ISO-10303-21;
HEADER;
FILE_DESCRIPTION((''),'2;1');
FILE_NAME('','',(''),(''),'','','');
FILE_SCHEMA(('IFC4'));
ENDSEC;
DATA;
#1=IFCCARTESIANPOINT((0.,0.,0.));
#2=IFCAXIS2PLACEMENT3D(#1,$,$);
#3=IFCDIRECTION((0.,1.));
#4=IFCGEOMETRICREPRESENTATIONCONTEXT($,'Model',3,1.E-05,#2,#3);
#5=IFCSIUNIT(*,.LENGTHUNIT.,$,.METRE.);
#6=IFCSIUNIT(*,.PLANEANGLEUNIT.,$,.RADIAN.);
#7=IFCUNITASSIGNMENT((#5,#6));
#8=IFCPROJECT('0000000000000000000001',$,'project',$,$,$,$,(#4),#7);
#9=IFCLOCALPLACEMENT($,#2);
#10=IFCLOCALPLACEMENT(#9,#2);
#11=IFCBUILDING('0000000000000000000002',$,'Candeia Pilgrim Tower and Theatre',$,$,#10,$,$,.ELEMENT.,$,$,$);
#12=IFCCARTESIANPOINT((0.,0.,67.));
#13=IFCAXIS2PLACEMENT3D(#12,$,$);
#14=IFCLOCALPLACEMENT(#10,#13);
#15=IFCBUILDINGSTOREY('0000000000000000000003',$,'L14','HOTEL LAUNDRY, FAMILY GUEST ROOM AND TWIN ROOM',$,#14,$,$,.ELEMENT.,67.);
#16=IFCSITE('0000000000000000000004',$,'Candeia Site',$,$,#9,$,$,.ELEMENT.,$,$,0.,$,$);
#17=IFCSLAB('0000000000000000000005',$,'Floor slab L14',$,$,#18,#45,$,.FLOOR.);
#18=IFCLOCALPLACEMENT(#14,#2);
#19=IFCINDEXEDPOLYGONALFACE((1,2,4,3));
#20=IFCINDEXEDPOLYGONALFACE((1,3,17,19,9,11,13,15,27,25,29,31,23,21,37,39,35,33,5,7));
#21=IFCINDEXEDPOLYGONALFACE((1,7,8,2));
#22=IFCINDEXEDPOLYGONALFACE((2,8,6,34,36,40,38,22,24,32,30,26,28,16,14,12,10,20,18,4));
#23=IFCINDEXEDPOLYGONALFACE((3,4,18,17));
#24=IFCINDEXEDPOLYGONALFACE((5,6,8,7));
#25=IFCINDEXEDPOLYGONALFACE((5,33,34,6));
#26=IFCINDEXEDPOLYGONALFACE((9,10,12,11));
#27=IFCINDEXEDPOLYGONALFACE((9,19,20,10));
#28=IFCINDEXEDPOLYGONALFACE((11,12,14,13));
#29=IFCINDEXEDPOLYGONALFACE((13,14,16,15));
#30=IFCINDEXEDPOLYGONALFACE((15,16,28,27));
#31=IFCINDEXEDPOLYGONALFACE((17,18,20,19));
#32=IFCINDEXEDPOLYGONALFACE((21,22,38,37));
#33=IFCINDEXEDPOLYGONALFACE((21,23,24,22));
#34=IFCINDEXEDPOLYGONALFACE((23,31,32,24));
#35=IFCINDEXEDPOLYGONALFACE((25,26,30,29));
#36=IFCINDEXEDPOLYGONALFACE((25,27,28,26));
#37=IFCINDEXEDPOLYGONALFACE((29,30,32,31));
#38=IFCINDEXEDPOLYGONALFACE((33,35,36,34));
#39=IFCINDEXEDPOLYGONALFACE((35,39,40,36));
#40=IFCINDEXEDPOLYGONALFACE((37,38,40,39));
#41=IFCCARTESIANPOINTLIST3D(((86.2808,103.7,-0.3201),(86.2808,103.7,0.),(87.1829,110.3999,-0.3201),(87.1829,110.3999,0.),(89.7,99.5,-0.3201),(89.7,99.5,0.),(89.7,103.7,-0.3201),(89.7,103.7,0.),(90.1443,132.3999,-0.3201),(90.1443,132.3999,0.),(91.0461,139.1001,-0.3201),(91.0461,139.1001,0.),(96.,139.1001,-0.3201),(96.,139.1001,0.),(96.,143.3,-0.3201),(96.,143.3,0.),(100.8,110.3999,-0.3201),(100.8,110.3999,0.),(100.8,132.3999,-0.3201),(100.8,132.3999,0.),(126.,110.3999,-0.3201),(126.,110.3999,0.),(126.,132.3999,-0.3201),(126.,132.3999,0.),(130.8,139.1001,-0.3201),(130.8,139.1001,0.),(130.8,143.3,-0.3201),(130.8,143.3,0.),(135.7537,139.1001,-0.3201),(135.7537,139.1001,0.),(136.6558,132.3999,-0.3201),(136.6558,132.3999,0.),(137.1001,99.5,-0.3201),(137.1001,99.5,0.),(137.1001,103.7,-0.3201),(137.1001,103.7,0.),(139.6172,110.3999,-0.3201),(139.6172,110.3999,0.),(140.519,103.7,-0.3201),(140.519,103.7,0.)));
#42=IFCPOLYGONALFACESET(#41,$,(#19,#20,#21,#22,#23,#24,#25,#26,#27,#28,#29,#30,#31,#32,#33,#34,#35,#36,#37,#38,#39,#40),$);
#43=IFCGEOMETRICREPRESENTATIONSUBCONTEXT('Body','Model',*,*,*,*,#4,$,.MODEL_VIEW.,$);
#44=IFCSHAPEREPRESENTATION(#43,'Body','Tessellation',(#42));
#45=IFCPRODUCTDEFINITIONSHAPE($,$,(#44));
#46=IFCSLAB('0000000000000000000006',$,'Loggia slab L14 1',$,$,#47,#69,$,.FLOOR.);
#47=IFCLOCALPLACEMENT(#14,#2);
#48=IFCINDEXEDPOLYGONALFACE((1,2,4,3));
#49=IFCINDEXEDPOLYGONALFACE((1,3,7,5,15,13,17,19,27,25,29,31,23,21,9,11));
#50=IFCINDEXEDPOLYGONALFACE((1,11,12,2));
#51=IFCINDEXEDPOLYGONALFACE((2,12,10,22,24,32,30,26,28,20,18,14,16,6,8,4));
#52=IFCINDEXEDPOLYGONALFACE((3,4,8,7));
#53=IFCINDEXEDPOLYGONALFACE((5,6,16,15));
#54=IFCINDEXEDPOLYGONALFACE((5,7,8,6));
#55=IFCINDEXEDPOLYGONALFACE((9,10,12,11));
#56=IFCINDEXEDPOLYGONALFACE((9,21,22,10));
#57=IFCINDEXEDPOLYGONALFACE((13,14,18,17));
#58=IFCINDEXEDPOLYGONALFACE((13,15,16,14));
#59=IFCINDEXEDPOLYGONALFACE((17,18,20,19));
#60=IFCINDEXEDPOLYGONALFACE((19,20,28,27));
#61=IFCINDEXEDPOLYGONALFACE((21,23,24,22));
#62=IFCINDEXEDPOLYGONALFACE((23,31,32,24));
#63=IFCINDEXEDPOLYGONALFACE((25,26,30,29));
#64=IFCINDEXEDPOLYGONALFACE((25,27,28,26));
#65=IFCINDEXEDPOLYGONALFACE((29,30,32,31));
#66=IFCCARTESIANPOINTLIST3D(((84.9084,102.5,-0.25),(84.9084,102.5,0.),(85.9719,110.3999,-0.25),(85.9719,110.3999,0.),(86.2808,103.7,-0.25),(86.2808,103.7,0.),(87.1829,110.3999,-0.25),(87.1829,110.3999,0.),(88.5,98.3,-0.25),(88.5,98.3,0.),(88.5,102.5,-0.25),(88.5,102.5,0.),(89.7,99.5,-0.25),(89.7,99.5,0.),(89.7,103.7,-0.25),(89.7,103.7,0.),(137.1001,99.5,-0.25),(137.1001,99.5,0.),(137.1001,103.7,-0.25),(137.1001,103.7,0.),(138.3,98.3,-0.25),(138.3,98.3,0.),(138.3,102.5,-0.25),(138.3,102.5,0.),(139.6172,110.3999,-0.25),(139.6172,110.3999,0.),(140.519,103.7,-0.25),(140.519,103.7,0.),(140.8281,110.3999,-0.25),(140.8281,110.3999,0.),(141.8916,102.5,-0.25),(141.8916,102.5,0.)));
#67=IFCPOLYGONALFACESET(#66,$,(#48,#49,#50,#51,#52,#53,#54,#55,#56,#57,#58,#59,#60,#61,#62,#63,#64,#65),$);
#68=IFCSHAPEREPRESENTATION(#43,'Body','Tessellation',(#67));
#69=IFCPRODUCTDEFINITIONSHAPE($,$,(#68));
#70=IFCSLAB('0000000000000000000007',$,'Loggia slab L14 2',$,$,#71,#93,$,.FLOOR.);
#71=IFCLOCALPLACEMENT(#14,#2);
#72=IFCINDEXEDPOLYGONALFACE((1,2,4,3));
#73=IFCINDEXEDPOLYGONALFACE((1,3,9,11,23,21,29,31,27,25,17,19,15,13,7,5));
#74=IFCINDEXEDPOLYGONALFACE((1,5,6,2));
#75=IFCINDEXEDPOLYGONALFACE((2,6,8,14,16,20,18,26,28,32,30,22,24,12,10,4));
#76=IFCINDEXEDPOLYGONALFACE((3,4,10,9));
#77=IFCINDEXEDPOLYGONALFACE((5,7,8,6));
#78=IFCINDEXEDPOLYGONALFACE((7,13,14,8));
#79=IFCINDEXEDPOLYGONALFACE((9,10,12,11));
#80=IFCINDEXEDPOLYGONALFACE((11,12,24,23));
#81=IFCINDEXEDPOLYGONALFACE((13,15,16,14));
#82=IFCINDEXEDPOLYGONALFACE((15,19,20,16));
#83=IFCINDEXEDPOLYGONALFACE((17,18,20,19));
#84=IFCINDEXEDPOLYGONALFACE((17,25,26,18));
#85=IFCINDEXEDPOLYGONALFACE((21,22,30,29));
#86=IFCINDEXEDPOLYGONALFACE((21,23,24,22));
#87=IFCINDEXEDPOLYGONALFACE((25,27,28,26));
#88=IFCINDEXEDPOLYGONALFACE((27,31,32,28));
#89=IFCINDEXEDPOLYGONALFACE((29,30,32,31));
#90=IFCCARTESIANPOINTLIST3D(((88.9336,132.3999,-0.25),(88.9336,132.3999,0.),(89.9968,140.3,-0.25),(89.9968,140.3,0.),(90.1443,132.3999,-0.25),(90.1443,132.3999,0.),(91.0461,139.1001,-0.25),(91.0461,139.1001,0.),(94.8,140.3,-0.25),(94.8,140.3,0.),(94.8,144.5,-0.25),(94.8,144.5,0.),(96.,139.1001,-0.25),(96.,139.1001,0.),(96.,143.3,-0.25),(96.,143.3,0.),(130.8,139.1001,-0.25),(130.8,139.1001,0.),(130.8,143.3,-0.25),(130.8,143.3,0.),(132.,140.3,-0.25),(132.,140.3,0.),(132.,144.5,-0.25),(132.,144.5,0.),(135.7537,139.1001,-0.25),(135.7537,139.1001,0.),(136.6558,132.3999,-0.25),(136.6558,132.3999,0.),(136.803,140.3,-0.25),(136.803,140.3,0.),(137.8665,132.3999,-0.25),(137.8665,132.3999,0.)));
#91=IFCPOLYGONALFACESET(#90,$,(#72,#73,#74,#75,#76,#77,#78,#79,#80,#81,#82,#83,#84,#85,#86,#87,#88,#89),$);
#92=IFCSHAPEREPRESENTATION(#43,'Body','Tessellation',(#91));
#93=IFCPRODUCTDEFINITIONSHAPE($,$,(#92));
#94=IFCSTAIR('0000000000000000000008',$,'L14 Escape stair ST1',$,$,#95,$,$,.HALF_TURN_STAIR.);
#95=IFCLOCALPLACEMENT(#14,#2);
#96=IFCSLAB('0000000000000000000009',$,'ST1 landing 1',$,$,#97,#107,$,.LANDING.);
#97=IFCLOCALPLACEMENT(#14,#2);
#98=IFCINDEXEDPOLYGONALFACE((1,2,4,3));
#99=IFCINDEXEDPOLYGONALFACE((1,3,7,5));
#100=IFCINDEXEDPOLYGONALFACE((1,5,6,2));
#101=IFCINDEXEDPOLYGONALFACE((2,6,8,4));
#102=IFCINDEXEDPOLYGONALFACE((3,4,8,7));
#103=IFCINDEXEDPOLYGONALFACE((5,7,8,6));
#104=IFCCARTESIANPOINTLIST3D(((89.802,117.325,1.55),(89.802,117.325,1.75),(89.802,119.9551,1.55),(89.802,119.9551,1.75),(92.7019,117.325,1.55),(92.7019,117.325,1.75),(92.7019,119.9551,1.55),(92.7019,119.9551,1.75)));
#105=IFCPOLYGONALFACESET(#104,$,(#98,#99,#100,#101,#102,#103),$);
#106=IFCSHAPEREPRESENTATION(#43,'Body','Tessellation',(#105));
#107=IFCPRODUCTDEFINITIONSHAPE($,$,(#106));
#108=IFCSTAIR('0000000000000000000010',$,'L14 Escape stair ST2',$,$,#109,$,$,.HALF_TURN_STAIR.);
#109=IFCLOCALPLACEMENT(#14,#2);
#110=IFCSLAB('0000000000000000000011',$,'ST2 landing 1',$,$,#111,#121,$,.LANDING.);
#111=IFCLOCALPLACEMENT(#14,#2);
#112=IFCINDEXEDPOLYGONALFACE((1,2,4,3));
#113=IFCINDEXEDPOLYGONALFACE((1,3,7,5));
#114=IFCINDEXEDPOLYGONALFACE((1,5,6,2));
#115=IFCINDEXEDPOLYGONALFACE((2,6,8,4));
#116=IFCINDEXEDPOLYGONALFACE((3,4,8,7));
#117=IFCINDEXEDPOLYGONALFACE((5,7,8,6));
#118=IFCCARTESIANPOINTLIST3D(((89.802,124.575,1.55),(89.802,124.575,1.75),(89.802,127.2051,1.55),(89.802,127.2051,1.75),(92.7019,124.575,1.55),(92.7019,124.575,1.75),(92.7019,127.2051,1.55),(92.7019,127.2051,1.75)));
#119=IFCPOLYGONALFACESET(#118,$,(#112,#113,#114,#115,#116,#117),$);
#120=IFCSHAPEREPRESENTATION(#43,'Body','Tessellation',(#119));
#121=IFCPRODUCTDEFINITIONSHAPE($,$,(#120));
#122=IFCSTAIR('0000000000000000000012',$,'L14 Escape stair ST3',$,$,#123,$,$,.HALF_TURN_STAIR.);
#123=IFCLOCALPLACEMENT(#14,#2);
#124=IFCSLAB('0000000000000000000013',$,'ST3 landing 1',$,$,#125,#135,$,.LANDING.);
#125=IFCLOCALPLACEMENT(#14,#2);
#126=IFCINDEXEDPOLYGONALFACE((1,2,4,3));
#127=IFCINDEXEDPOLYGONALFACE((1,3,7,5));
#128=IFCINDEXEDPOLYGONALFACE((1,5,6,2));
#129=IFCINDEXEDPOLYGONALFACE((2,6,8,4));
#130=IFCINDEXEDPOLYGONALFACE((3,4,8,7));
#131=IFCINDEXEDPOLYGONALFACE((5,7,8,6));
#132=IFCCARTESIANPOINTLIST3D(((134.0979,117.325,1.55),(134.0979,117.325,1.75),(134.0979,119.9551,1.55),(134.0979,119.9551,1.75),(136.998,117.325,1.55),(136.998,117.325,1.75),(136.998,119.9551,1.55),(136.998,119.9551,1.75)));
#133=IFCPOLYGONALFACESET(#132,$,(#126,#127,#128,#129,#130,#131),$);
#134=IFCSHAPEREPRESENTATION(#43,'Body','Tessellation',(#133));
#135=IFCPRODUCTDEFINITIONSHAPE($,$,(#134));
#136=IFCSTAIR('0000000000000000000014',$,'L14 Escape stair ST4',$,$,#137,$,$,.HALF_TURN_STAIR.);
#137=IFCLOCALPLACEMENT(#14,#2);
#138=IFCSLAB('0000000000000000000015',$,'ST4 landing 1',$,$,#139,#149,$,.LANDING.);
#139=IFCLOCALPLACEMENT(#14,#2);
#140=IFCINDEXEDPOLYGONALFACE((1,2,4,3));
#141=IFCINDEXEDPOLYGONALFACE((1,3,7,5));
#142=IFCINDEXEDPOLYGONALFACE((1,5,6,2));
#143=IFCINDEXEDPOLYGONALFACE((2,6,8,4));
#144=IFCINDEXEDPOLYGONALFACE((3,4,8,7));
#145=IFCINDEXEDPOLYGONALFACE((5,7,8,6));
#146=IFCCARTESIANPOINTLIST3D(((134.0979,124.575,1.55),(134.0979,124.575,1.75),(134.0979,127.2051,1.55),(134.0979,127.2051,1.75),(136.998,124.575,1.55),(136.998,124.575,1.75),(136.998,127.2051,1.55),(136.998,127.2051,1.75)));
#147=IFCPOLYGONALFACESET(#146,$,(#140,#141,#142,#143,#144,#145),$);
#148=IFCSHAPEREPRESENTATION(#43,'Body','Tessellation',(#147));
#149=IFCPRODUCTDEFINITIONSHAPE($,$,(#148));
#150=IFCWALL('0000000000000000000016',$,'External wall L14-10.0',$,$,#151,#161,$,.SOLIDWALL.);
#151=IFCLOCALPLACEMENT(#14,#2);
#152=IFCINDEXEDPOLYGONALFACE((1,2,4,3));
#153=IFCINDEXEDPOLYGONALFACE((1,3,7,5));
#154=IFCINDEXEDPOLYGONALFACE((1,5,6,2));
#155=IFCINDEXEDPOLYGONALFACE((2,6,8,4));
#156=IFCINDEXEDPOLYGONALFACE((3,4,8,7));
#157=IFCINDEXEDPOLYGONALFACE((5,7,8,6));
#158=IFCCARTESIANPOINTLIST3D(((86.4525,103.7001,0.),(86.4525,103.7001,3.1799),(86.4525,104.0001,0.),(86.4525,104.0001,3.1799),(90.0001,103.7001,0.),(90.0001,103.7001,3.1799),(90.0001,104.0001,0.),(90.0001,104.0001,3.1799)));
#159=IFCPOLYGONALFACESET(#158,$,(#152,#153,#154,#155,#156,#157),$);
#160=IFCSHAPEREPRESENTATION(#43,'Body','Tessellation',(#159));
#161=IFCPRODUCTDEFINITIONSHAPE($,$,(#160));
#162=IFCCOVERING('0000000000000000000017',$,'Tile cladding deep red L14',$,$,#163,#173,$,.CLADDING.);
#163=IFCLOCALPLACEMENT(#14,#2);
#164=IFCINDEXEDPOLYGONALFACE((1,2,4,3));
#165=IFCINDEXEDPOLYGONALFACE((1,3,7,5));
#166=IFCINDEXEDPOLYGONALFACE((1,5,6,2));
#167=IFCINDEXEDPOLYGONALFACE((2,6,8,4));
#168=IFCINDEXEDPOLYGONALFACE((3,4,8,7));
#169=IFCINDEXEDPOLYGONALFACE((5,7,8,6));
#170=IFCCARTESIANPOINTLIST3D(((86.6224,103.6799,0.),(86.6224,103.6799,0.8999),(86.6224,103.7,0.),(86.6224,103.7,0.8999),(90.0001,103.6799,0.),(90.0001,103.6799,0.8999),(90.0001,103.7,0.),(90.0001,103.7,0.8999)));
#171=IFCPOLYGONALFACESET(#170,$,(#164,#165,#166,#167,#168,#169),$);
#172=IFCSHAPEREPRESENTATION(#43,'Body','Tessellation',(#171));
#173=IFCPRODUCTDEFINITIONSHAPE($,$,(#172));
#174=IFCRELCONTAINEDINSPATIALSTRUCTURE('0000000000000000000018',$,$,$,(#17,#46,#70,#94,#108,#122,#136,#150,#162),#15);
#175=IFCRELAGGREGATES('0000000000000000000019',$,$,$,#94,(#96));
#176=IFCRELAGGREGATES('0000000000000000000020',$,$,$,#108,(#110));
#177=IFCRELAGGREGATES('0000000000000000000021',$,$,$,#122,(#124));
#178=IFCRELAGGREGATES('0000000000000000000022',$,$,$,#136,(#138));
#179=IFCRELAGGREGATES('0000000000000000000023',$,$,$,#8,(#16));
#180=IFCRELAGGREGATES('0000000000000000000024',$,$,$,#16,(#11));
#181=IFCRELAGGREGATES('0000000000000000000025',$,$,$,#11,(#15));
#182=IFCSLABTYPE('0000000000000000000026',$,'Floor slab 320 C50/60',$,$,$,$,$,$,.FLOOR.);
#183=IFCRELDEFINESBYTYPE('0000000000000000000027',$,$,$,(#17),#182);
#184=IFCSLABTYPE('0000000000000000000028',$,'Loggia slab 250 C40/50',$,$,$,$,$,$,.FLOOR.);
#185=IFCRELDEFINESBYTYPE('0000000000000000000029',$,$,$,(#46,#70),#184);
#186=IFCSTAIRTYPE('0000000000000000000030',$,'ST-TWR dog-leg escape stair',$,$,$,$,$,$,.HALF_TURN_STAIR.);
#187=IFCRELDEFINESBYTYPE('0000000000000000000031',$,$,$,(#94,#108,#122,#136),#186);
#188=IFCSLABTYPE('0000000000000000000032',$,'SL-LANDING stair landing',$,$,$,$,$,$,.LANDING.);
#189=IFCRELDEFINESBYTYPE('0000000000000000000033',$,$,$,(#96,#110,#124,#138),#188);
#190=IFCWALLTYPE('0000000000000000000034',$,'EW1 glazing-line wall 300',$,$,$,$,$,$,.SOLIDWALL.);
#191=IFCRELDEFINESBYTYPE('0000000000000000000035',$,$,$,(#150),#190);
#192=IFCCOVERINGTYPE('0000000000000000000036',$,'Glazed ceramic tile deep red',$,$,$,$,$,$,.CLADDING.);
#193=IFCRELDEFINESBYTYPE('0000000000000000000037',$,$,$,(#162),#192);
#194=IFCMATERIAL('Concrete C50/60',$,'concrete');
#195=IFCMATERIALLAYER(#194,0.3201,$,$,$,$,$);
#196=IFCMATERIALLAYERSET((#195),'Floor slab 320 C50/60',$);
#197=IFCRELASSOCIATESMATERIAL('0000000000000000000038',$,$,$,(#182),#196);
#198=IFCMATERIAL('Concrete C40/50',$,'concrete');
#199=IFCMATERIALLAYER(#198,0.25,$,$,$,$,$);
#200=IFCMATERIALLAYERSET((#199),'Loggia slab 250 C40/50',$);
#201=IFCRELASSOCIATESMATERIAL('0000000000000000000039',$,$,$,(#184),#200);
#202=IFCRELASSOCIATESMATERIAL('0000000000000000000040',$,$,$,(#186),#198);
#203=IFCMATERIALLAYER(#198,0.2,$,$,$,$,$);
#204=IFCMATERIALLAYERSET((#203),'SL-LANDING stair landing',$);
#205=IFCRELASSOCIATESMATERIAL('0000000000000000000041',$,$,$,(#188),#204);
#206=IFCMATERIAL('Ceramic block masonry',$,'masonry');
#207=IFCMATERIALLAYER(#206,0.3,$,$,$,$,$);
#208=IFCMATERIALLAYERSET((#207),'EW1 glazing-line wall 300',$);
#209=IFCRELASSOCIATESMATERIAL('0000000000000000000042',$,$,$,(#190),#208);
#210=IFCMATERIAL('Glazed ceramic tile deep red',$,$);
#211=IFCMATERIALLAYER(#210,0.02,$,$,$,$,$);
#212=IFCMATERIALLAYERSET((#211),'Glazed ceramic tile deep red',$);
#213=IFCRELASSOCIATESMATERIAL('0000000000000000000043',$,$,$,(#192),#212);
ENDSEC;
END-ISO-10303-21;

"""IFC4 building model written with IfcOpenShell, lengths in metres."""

from ifc_helpers import new_model, si_unit, direction, frame, frame_2d, origin, origin_2d, place, context, subcontext, project, spatial, polyline, rectangle, outline, extrude, material, layer, layer_set, type_object, element, aggregate, save


model = new_model("IFC4")

# Units and contexts
model_context = context("Model", 3, precision=1e-05, world=origin(), true_north=direction((0.0, 1.0)))
body_context = subcontext(model_context, "Body", "Model", "MODEL_VIEW")
ifc_project = project(units=[si_unit("LENGTHUNIT", "METRE"), si_unit("PLANEANGLEUNIT", "RADIAN")], contexts=[model_context])

# Site, building, storey
site_placement = place(None, origin())
site = spatial("IfcSite", under=ifc_project, at=site_placement, Name="Candeia Site", CompositionType="ELEMENT", RefElevation=0.0)
building_placement = place(site_placement, origin())
building = spatial("IfcBuilding", under=site, at=building_placement, Name="Candeia Pilgrim Tower and Theatre", CompositionType="ELEMENT")
storey_placement = place(building_placement, frame((0.0, 0.0, 67.0)))
storey = spatial("IfcBuildingStorey", under=building, at=storey_placement, Name="L14", Description="HOTEL LAUNDRY, FAMILY GUEST ROOM AND TWIN ROOM", CompositionType="ELEMENT", Elevation=67.0)

# Slabs
ifc_material_1 = material(Name="Concrete C40/50", Category="concrete")
ifc_material_2 = material(Name="Concrete C50/60", Category="concrete")
ifc_layer_1 = layer(ifc_material_2, 0.3201)
ifc_layer_set_1 = layer_set([ifc_layer_1], Name="Floor slab 320 C50/60")
slab_type_1 = type_object("IfcSlabType", Name="Floor slab 320 C50/60", PredefinedType="FLOOR", material=ifc_layer_set_1)
slab_1_placement = place(storey_placement, frame((0.0, 0.0, -0.3201)))
element("IfcSlab", 1, at=slab_1_placement, inside=storey, type_object=slab_type_1, Name="Floor slab L14", PredefinedType="FLOOR", context=body_context, shape_type="SweptSolid", body=[
    extrude(outline(polyline([(96.0, 139.1001), (96.0, 143.3), (130.8, 143.3), (130.8, 139.1001), (135.7537, 139.1001), (136.6558, 132.3999), (126.0, 132.3999), (126.0, 110.3999), (139.6172, 110.3999), (140.519, 103.7), (137.1001, 103.7), (137.1001, 99.5), (89.7, 99.5), (89.7, 103.7), (86.2808, 103.7), (87.1829, 110.3999), (100.8, 110.3999), (100.8, 132.3999), (90.1443, 132.3999), (91.0461, 139.1001), (96.0, 139.1001)])), origin(), (0.0, 0.0, 1.0), 0.3201),
])
ifc_layer_2 = layer(ifc_material_1, 0.25)
ifc_layer_set_2 = layer_set([ifc_layer_2], Name="Loggia slab 250 C40/50")
slab_type_2 = type_object("IfcSlabType", Name="Loggia slab 250 C40/50", PredefinedType="FLOOR", material=ifc_layer_set_2)
slab_2_placement = place(storey_placement, frame((0.0, 0.0, -0.25)))
element("IfcSlab", 2, at=slab_2_placement, inside=storey, type_object=slab_type_2, Name="Loggia slab L14 1", PredefinedType="FLOOR", context=body_context, shape_type="SweptSolid", body=[
    extrude(outline(polyline([(87.1829, 110.3999), (86.2808, 103.7), (89.7, 103.7), (89.7, 99.5), (137.1001, 99.5), (137.1001, 103.7), (140.519, 103.7), (139.6172, 110.3999), (140.8281, 110.3999), (141.8916, 102.5), (138.3, 102.5), (138.3, 98.3), (88.5, 98.3), (88.5, 102.5), (84.9084, 102.5), (85.9719, 110.3999), (87.1829, 110.3999)])), origin(), (0.0, 0.0, 1.0), 0.25),
])
slab_3_placement = place(storey_placement, frame((0.0, 0.0, -0.25)))
element("IfcSlab", 3, at=slab_3_placement, inside=storey, type_object=slab_type_2, Name="Loggia slab L14 2", PredefinedType="FLOOR", context=body_context, shape_type="SweptSolid", body=[
    extrude(outline(polyline([(136.6558, 132.3999), (135.7537, 139.1001), (130.8, 139.1001), (130.8, 143.3), (96.0, 143.3), (96.0, 139.1001), (91.0461, 139.1001), (90.1443, 132.3999), (88.9336, 132.3999), (89.9968, 140.3), (94.8, 140.3), (94.8, 144.5), (132.0, 144.5), (132.0, 140.3), (136.803, 140.3), (137.8665, 132.3999), (136.6558, 132.3999)])), origin(), (0.0, 0.0, 1.0), 0.25),
])

# Stairs, slabs
stair_type = type_object("IfcStairType", Name="ST-TWR dog-leg escape stair", PredefinedType="HALF_TURN_STAIR", material=ifc_material_1)
stair_1_placement = place(storey_placement, origin())
stair_1 = element("IfcStair", 4, at=stair_1_placement, inside=storey, type_object=stair_type, Name="L14 Escape stair ST1", PredefinedType="HALF_TURN_STAIR")
ifc_layer_3 = layer(ifc_material_1, 0.2)
ifc_layer_set_3 = layer_set([ifc_layer_3], Name="SL-LANDING stair landing")
slab_type_3 = type_object("IfcSlabType", Name="SL-LANDING stair landing", PredefinedType="LANDING", material=ifc_layer_set_3)
slab_4_placement = place(storey_placement, frame((0.0, 0.0, 1.55)))
slab_4 = element("IfcSlab", 5, at=slab_4_placement, type_object=slab_type_3, Name="ST1 landing 1", PredefinedType="LANDING", context=body_context, shape_type="SweptSolid", body=[
    extrude(outline(polyline([(89.802, 119.9551), (89.802, 117.325), (92.7019, 117.325), (92.7019, 119.9551), (89.802, 119.9551)])), origin(), (0.0, 0.0, 1.0), 0.2),
])
aggregate(stair_1, [slab_4])
stair_2_placement = place(storey_placement, origin())
stair_2 = element("IfcStair", 6, at=stair_2_placement, inside=storey, type_object=stair_type, Name="L14 Escape stair ST2", PredefinedType="HALF_TURN_STAIR")
slab_5_placement = place(storey_placement, frame((0.0, 0.0, 1.55)))
slab_5 = element("IfcSlab", 7, at=slab_5_placement, type_object=slab_type_3, Name="ST2 landing 1", PredefinedType="LANDING", context=body_context, shape_type="SweptSolid", body=[
    extrude(outline(polyline([(89.802, 127.2051), (89.802, 124.575), (92.7019, 124.575), (92.7019, 127.2051), (89.802, 127.2051)])), origin(), (0.0, 0.0, 1.0), 0.2),
])
aggregate(stair_2, [slab_5])
stair_3_placement = place(storey_placement, origin())
stair_3 = element("IfcStair", 8, at=stair_3_placement, inside=storey, type_object=stair_type, Name="L14 Escape stair ST3", PredefinedType="HALF_TURN_STAIR")
slab_6_placement = place(storey_placement, frame((0.0, 0.0, 1.55)))
slab_6 = element("IfcSlab", 9, at=slab_6_placement, type_object=slab_type_3, Name="ST3 landing 1", PredefinedType="LANDING", context=body_context, shape_type="SweptSolid", body=[
    extrude(outline(polyline([(134.0979, 119.9551), (134.0979, 117.325), (136.998, 117.325), (136.998, 119.9551), (134.0979, 119.9551)])), origin(), (0.0, 0.0, 1.0), 0.2),
])
aggregate(stair_3, [slab_6])
stair_4_placement = place(storey_placement, origin())
stair_4 = element("IfcStair", 10, at=stair_4_placement, inside=storey, type_object=stair_type, Name="L14 Escape stair ST4", PredefinedType="HALF_TURN_STAIR")
slab_7_placement = place(storey_placement, frame((0.0, 0.0, 1.55)))
slab_7 = element("IfcSlab", 11, at=slab_7_placement, type_object=slab_type_3, Name="ST4 landing 1", PredefinedType="LANDING", context=body_context, shape_type="SweptSolid", body=[
    extrude(outline(polyline([(134.0979, 127.2051), (134.0979, 124.575), (136.998, 124.575), (136.998, 127.2051), (134.0979, 127.2051)])), origin(), (0.0, 0.0, 1.0), 0.2),
])
aggregate(stair_4, [slab_7])

# Wall
ifc_material_3 = material(Name="Ceramic block masonry", Category="masonry")
ifc_layer_4 = layer(ifc_material_3, 0.3)
ifc_layer_set_4 = layer_set([ifc_layer_4], Name="EW1 glazing-line wall 300")
wall_type = type_object("IfcWallType", Name="EW1 glazing-line wall 300", PredefinedType="SOLIDWALL", material=ifc_layer_set_4)
wall_placement = place(storey_placement, frame((86.4524, 103.8501, 0.0), z_axis=(0.0, 0.0, 1.0), x_axis=(1.0, 0.0, 0.0)))
element("IfcWall", 12, at=wall_placement, inside=storey, type_object=wall_type, Name="External wall L14-10.0", PredefinedType="SOLIDWALL", context=body_context, shape_type="SweptSolid", body=[
    extrude(rectangle(XDim=3.5476, YDim=0.3, at=frame_2d((1.7739, 0.0))), origin(), (0.0, 0.0, 1.0), 3.1799),
])

# Covering
ifc_material_4 = material(Name="Glazed ceramic tile deep red")
ifc_layer_5 = layer(ifc_material_4, 0.02)
ifc_layer_set_5 = layer_set([ifc_layer_5], Name="Glazed ceramic tile deep red")
covering_type = type_object("IfcCoveringType", Name="Glazed ceramic tile deep red", PredefinedType="CLADDING", material=ifc_layer_set_5)
covering_placement = place(storey_placement, frame((88.3113, 103.6899, 0.0), z_axis=(0.0, 0.0, 1.0), x_axis=(1.0, 0.0, 0.0)))
element("IfcCovering", 13, at=covering_placement, inside=storey, type_object=covering_type, Name="Tile cladding deep red L14", PredefinedType="CLADDING", context=body_context, shape_type="SweptSolid", body=[
    extrude(rectangle(XDim=3.3777, YDim=0.02, at=origin_2d()), origin(), (0.0, 0.0, 1.0), 0.8999),
])

save(model, "model.ifc")
